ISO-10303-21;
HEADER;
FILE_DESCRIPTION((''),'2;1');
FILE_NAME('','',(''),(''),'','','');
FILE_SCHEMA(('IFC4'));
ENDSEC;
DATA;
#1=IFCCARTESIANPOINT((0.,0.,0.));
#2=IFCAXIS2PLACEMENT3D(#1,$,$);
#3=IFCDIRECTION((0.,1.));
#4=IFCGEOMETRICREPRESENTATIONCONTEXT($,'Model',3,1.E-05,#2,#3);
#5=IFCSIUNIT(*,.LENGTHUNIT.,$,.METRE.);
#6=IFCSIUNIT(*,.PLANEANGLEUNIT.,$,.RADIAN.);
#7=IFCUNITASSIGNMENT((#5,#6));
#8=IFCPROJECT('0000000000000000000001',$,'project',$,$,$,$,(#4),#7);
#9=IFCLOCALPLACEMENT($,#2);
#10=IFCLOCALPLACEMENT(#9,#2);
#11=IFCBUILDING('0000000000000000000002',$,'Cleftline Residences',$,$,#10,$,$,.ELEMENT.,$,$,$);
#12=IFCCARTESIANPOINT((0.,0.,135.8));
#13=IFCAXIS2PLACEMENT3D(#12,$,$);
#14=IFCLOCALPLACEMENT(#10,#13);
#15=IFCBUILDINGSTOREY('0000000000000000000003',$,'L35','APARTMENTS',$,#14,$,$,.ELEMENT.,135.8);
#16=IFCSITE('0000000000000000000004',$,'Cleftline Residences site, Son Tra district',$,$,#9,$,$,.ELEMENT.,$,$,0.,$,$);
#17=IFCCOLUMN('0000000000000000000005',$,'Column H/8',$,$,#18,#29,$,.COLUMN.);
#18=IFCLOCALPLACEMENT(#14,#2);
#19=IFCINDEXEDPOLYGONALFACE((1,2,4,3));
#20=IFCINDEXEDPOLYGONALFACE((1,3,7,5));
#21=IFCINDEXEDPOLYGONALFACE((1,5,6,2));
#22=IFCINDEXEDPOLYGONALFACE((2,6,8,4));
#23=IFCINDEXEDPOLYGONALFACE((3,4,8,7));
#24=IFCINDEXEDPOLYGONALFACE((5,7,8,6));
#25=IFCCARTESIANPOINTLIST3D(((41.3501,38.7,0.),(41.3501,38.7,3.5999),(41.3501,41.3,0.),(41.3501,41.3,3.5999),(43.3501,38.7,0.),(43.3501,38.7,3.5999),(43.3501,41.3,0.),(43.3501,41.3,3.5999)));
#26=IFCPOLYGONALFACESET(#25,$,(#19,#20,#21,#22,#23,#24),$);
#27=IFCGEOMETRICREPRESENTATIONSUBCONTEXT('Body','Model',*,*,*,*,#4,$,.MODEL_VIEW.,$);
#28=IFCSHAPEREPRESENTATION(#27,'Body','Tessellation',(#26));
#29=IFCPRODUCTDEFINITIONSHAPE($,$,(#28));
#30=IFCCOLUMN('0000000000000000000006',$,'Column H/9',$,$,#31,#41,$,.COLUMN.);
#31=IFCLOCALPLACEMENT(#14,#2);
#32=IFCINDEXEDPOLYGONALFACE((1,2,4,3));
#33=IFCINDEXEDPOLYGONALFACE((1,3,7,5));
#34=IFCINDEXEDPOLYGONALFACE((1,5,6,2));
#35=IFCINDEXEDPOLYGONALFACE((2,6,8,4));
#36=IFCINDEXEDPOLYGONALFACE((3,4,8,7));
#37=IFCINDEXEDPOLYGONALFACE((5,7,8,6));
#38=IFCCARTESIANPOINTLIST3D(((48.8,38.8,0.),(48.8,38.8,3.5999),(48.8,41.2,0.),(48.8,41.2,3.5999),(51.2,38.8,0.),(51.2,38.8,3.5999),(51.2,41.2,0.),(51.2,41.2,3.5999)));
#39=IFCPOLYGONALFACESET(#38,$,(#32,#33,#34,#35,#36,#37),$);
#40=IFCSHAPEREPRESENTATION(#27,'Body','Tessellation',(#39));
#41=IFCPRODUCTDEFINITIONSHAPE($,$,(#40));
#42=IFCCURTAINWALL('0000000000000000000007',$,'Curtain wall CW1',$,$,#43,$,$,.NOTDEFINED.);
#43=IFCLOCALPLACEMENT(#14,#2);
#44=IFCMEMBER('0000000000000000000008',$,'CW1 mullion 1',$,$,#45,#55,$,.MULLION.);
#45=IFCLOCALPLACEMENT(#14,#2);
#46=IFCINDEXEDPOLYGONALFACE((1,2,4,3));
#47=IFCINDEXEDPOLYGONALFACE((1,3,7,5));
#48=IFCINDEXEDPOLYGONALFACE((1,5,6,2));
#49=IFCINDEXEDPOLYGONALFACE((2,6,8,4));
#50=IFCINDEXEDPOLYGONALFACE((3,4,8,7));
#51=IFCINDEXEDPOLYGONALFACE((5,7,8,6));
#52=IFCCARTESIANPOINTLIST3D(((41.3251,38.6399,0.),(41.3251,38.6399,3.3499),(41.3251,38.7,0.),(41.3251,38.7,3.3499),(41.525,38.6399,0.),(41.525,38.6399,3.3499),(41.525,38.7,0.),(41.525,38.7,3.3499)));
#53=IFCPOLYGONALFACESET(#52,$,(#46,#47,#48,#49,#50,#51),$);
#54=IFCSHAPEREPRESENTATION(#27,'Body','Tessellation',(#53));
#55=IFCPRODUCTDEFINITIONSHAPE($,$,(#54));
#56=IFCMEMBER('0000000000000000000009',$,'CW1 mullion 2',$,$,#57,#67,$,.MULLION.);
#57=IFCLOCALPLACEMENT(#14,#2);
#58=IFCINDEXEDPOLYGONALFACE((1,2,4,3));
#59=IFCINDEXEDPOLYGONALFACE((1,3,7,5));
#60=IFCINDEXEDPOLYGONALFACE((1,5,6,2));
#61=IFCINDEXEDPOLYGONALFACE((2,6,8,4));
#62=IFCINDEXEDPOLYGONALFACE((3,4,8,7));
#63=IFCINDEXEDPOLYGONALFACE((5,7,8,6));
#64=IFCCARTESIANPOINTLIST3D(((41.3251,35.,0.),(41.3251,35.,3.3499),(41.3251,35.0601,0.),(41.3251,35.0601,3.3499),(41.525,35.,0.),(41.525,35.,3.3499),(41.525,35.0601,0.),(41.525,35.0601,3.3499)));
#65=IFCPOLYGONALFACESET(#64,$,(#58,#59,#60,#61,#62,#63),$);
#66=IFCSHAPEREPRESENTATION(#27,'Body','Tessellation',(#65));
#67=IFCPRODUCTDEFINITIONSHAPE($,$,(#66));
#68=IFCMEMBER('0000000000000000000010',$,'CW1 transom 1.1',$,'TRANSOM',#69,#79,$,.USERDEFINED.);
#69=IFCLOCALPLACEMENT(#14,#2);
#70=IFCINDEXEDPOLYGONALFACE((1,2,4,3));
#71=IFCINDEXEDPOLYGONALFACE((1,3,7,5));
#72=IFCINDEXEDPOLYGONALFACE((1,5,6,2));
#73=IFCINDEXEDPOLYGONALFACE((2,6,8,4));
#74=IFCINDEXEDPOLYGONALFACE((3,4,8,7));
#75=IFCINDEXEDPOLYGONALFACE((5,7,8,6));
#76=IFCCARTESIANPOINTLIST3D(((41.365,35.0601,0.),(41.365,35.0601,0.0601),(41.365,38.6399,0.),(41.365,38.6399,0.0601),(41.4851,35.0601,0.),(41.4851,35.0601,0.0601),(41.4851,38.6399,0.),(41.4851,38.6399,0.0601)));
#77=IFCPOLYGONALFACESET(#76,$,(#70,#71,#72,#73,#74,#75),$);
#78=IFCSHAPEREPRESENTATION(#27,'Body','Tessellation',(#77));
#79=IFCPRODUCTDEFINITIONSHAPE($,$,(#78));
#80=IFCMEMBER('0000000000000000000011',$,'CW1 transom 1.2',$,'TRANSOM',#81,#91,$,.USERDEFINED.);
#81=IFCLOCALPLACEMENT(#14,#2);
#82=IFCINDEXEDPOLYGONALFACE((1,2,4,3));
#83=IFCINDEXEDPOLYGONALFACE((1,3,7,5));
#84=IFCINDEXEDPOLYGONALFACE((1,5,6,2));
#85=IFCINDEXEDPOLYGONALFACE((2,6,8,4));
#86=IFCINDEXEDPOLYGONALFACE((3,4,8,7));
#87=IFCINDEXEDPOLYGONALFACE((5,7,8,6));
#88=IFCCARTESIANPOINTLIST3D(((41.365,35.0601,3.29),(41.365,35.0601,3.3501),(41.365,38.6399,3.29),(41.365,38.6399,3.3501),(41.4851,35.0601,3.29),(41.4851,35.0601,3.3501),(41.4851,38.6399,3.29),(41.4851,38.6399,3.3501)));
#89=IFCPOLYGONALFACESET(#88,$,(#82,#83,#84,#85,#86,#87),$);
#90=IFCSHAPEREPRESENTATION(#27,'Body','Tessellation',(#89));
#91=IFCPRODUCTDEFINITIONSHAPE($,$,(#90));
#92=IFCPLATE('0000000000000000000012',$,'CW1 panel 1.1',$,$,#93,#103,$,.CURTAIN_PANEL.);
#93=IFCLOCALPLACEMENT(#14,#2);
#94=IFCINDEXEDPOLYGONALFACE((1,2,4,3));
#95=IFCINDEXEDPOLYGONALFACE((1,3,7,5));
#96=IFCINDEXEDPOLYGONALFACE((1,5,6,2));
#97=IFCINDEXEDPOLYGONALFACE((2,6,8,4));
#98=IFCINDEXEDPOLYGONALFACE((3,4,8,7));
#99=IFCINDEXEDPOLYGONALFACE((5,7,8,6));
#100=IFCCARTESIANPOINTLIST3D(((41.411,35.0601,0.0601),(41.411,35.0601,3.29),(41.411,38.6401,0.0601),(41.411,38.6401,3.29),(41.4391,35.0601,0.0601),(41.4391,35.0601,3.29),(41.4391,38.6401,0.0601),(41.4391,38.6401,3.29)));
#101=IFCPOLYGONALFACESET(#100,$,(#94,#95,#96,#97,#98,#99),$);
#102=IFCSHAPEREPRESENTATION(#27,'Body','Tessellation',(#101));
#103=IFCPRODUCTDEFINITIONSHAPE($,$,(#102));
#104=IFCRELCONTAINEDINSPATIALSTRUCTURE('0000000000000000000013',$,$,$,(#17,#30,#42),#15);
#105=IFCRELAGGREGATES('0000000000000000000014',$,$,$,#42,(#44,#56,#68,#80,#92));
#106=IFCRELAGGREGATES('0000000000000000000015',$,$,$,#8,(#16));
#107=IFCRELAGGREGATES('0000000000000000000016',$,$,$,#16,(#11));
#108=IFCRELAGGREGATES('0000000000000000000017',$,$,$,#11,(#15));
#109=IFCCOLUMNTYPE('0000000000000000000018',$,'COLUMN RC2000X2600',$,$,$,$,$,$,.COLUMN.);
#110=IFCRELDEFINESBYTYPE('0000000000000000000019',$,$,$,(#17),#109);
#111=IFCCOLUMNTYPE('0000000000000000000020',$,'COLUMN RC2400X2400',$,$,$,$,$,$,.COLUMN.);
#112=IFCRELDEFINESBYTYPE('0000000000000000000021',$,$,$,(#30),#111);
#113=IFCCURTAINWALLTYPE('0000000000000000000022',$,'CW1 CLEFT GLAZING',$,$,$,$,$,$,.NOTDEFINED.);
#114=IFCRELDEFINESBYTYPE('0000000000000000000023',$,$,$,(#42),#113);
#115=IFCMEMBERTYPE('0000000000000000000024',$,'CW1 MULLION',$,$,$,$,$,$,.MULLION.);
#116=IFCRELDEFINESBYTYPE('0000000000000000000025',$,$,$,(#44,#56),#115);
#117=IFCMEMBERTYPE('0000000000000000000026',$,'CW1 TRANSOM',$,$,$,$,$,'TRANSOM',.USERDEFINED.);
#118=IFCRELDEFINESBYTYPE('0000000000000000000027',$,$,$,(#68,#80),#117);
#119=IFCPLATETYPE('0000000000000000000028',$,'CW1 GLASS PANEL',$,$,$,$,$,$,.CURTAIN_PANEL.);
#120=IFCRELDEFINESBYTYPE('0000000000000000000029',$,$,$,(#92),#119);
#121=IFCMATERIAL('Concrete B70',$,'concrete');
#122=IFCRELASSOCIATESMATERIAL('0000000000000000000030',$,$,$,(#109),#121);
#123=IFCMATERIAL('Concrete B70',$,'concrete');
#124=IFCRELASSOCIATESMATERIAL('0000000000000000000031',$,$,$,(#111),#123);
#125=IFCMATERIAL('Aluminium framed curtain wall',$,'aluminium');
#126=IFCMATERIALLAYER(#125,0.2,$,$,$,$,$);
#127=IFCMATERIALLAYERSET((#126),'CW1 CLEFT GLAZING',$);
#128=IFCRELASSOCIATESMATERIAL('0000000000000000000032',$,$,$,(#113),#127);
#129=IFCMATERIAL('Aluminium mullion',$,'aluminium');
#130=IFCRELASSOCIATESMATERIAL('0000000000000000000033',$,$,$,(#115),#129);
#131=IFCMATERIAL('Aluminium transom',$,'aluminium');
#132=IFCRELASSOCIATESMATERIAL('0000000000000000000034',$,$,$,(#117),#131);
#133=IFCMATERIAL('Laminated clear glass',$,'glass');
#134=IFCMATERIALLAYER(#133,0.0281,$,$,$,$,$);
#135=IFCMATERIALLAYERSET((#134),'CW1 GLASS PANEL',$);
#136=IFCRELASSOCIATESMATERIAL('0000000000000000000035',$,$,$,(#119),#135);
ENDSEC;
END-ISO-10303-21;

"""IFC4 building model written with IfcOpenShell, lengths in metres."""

from ifc_helpers import new_model, si_unit, direction, frame, origin, origin_2d, place, context, subcontext, project, spatial, rectangle, extrude, material, layer, layer_set, material_profile, profile_set, type_object, element, aggregate, save


model = new_model("IFC4")

# Units and contexts
model_context = context("Model", 3, precision=1e-05, world=origin(), true_north=direction((0.0, 1.0)))
body_context = subcontext(model_context, "Body", "Model", "MODEL_VIEW")
ifc_project = project(units=[si_unit("LENGTHUNIT", "METRE"), si_unit("PLANEANGLEUNIT", "RADIAN")], contexts=[model_context])

# Site, building, storey
site_placement = place(None, origin())
site = spatial("IfcSite", under=ifc_project, at=site_placement, Name="Cleftline Residences site, Son Tra district", CompositionType="ELEMENT", RefElevation=0.0)
building_placement = place(site_placement, origin())
building = spatial("IfcBuilding", under=site, at=building_placement, Name="Cleftline Residences", CompositionType="ELEMENT")
storey_placement = place(building_placement, frame((0.0, 0.0, 135.8)))
storey = spatial("IfcBuildingStorey", under=building, at=storey_placement, Name="L35", Description="APARTMENTS", CompositionType="ELEMENT", Elevation=135.8)

# Columns
ifc_material_1 = material(Name="Concrete B70", Category="concrete")
ifc_material_profile_1 = material_profile(ifc_material_1, rectangle(XDim=2.0, YDim=2.6001, at=origin_2d()))
ifc_profile_set_1 = profile_set([ifc_material_profile_1], Name="Concrete B70")
column_type_1 = type_object("IfcColumnType", Name="COLUMN RC2000X2600", PredefinedType="COLUMN", material=ifc_profile_set_1)
column_1_placement = place(storey_placement, frame((42.3501, 40.0, 0.0), z_axis=(0.0, 0.0, 1.0), x_axis=(1.0, 0.0, 0.0)))
element("IfcColumn", 1, at=column_1_placement, inside=storey, type_object=column_type_1, Name="Column H/8", PredefinedType="COLUMN", context=body_context, shape_type="SweptSolid", body=[
    extrude(rectangle(XDim=2.0, YDim=2.6001, at=origin_2d()), origin(), (0.0, 0.0, 1.0), 3.5999),
])
ifc_material_2 = material(Name="Concrete B70", Category="concrete")
ifc_material_profile_2 = material_profile(ifc_material_2, rectangle(XDim=2.3999, YDim=2.3999, at=origin_2d()))
ifc_profile_set_2 = profile_set([ifc_material_profile_2], Name="Concrete B70")
column_type_2 = type_object("IfcColumnType", Name="COLUMN RC2400X2400", PredefinedType="COLUMN", material=ifc_profile_set_2)
column_2_placement = place(storey_placement, frame((50.0, 40.0, 0.0), z_axis=(0.0, 0.0, 1.0), x_axis=(1.0, 0.0, 0.0)))
element("IfcColumn", 2, at=column_2_placement, inside=storey, type_object=column_type_2, Name="Column H/9", PredefinedType="COLUMN", context=body_context, shape_type="SweptSolid", body=[
    extrude(rectangle(XDim=2.3999, YDim=2.3999, at=origin_2d()), origin(), (0.0, 0.0, 1.0), 3.5999),
])

# Curtain wall, members, plate
ifc_material_3 = material(Name="Aluminium framed curtain wall", Category="aluminium")
ifc_layer_1 = layer(ifc_material_3, 0.2)
ifc_layer_set_1 = layer_set([ifc_layer_1], Name="CW1 CLEFT GLAZING")
curtain_wall_type = type_object("IfcCurtainWallType", Name="CW1 CLEFT GLAZING", PredefinedType="NOTDEFINED", material=ifc_layer_set_1)
curtain_wall_placement = place(storey_placement, origin())
curtain_wall = element("IfcCurtainWall", 3, at=curtain_wall_placement, inside=storey, type_object=curtain_wall_type, Name="Curtain wall CW1", PredefinedType="NOTDEFINED")
ifc_material_4 = material(Name="Aluminium mullion", Category="aluminium")
ifc_material_profile_3 = material_profile(ifc_material_4, rectangle(XDim=0.2, YDim=0.0601, at=origin_2d()))
ifc_profile_set_3 = profile_set([ifc_material_profile_3], Name="Aluminium mullion")
member_type_1 = type_object("IfcMemberType", Name="CW1 MULLION", PredefinedType="MULLION", material=ifc_profile_set_3)
member_1_placement = place(storey_placement, frame((41.425, 38.6699, 0.0), z_axis=(0.0, 0.0, 1.0), x_axis=(1.0, 0.0, 0.0)))
member_1 = element("IfcMember", 4, at=member_1_placement, type_object=member_type_1, Name="CW1 mullion 1", PredefinedType="MULLION", context=body_context, shape_type="SweptSolid", body=[
    extrude(rectangle(XDim=0.2, YDim=0.0601, at=origin_2d()), origin(), (0.0, 0.0, 1.0), 3.3499),
])
member_2_placement = place(storey_placement, frame((41.425, 35.03, 0.0), z_axis=(0.0, 0.0, 1.0), x_axis=(1.0, 0.0, 0.0)))
member_2 = element("IfcMember", 5, at=member_2_placement, type_object=member_type_1, Name="CW1 mullion 2", PredefinedType="MULLION", context=body_context, shape_type="SweptSolid", body=[
    extrude(rectangle(XDim=0.2, YDim=0.0601, at=origin_2d()), origin(), (0.0, 0.0, 1.0), 3.3499),
])
ifc_material_5 = material(Name="Aluminium transom", Category="aluminium")
ifc_material_profile_4 = material_profile(ifc_material_5, rectangle(XDim=0.1201, YDim=0.0601, at=origin_2d()))
ifc_profile_set_4 = profile_set([ifc_material_profile_4], Name="Aluminium transom")
member_type_2 = type_object("IfcMemberType", Name="CW1 TRANSOM", ElementType="TRANSOM", PredefinedType="USERDEFINED", material=ifc_profile_set_4)
member_3_placement = place(storey_placement, frame((41.425, 38.6399, 0.03), z_axis=(0.0, -1.0, 0.0), x_axis=(1.0, 0.0, 0.0)))
member_3 = element("IfcMember", 6, at=member_3_placement, type_object=member_type_2, Name="CW1 transom 1.1", ObjectType="TRANSOM", PredefinedType="USERDEFINED", context=body_context, shape_type="SweptSolid", body=[
    extrude(rectangle(XDim=0.1201, YDim=0.0601, at=origin_2d()), origin(), (0.0, 0.0, 1.0), 3.5798),
])
member_4_placement = place(storey_placement, frame((41.425, 38.6399, 3.3201), z_axis=(0.0, -1.0, 0.0), x_axis=(1.0, 0.0, 0.0)))
member_4 = element("IfcMember", 7, at=member_4_placement, type_object=member_type_2, Name="CW1 transom 1.2", ObjectType="TRANSOM", PredefinedType="USERDEFINED", context=body_context, shape_type="SweptSolid", body=[
    extrude(rectangle(XDim=0.1201, YDim=0.0601, at=origin_2d()), origin(), (0.0, 0.0, 1.0), 3.5798),
])
ifc_material_6 = material(Name="Laminated clear glass", Category="glass")
ifc_layer_2 = layer(ifc_material_6, 0.0281)
ifc_layer_set_2 = layer_set([ifc_layer_2], Name="CW1 GLASS PANEL")
plate_type = type_object("IfcPlateType", Name="CW1 GLASS PANEL", PredefinedType="CURTAIN_PANEL", material=ifc_layer_set_2)
plate_placement = place(storey_placement, frame((41.425, 36.8501, 0.0601), z_axis=(0.0, 0.0, 1.0), x_axis=(0.0, -1.0, 0.0)))
plate = element("IfcPlate", 8, at=plate_placement, type_object=plate_type, Name="CW1 panel 1.1", PredefinedType="CURTAIN_PANEL", context=body_context, shape_type="SweptSolid", body=[
    extrude(rectangle(XDim=3.5801, YDim=0.0281, at=origin_2d()), origin(), (0.0, 0.0, 1.0), 3.23),
])
aggregate(curtain_wall, [member_1, member_2, member_3, member_4, plate])

save(model, "model.ifc")
